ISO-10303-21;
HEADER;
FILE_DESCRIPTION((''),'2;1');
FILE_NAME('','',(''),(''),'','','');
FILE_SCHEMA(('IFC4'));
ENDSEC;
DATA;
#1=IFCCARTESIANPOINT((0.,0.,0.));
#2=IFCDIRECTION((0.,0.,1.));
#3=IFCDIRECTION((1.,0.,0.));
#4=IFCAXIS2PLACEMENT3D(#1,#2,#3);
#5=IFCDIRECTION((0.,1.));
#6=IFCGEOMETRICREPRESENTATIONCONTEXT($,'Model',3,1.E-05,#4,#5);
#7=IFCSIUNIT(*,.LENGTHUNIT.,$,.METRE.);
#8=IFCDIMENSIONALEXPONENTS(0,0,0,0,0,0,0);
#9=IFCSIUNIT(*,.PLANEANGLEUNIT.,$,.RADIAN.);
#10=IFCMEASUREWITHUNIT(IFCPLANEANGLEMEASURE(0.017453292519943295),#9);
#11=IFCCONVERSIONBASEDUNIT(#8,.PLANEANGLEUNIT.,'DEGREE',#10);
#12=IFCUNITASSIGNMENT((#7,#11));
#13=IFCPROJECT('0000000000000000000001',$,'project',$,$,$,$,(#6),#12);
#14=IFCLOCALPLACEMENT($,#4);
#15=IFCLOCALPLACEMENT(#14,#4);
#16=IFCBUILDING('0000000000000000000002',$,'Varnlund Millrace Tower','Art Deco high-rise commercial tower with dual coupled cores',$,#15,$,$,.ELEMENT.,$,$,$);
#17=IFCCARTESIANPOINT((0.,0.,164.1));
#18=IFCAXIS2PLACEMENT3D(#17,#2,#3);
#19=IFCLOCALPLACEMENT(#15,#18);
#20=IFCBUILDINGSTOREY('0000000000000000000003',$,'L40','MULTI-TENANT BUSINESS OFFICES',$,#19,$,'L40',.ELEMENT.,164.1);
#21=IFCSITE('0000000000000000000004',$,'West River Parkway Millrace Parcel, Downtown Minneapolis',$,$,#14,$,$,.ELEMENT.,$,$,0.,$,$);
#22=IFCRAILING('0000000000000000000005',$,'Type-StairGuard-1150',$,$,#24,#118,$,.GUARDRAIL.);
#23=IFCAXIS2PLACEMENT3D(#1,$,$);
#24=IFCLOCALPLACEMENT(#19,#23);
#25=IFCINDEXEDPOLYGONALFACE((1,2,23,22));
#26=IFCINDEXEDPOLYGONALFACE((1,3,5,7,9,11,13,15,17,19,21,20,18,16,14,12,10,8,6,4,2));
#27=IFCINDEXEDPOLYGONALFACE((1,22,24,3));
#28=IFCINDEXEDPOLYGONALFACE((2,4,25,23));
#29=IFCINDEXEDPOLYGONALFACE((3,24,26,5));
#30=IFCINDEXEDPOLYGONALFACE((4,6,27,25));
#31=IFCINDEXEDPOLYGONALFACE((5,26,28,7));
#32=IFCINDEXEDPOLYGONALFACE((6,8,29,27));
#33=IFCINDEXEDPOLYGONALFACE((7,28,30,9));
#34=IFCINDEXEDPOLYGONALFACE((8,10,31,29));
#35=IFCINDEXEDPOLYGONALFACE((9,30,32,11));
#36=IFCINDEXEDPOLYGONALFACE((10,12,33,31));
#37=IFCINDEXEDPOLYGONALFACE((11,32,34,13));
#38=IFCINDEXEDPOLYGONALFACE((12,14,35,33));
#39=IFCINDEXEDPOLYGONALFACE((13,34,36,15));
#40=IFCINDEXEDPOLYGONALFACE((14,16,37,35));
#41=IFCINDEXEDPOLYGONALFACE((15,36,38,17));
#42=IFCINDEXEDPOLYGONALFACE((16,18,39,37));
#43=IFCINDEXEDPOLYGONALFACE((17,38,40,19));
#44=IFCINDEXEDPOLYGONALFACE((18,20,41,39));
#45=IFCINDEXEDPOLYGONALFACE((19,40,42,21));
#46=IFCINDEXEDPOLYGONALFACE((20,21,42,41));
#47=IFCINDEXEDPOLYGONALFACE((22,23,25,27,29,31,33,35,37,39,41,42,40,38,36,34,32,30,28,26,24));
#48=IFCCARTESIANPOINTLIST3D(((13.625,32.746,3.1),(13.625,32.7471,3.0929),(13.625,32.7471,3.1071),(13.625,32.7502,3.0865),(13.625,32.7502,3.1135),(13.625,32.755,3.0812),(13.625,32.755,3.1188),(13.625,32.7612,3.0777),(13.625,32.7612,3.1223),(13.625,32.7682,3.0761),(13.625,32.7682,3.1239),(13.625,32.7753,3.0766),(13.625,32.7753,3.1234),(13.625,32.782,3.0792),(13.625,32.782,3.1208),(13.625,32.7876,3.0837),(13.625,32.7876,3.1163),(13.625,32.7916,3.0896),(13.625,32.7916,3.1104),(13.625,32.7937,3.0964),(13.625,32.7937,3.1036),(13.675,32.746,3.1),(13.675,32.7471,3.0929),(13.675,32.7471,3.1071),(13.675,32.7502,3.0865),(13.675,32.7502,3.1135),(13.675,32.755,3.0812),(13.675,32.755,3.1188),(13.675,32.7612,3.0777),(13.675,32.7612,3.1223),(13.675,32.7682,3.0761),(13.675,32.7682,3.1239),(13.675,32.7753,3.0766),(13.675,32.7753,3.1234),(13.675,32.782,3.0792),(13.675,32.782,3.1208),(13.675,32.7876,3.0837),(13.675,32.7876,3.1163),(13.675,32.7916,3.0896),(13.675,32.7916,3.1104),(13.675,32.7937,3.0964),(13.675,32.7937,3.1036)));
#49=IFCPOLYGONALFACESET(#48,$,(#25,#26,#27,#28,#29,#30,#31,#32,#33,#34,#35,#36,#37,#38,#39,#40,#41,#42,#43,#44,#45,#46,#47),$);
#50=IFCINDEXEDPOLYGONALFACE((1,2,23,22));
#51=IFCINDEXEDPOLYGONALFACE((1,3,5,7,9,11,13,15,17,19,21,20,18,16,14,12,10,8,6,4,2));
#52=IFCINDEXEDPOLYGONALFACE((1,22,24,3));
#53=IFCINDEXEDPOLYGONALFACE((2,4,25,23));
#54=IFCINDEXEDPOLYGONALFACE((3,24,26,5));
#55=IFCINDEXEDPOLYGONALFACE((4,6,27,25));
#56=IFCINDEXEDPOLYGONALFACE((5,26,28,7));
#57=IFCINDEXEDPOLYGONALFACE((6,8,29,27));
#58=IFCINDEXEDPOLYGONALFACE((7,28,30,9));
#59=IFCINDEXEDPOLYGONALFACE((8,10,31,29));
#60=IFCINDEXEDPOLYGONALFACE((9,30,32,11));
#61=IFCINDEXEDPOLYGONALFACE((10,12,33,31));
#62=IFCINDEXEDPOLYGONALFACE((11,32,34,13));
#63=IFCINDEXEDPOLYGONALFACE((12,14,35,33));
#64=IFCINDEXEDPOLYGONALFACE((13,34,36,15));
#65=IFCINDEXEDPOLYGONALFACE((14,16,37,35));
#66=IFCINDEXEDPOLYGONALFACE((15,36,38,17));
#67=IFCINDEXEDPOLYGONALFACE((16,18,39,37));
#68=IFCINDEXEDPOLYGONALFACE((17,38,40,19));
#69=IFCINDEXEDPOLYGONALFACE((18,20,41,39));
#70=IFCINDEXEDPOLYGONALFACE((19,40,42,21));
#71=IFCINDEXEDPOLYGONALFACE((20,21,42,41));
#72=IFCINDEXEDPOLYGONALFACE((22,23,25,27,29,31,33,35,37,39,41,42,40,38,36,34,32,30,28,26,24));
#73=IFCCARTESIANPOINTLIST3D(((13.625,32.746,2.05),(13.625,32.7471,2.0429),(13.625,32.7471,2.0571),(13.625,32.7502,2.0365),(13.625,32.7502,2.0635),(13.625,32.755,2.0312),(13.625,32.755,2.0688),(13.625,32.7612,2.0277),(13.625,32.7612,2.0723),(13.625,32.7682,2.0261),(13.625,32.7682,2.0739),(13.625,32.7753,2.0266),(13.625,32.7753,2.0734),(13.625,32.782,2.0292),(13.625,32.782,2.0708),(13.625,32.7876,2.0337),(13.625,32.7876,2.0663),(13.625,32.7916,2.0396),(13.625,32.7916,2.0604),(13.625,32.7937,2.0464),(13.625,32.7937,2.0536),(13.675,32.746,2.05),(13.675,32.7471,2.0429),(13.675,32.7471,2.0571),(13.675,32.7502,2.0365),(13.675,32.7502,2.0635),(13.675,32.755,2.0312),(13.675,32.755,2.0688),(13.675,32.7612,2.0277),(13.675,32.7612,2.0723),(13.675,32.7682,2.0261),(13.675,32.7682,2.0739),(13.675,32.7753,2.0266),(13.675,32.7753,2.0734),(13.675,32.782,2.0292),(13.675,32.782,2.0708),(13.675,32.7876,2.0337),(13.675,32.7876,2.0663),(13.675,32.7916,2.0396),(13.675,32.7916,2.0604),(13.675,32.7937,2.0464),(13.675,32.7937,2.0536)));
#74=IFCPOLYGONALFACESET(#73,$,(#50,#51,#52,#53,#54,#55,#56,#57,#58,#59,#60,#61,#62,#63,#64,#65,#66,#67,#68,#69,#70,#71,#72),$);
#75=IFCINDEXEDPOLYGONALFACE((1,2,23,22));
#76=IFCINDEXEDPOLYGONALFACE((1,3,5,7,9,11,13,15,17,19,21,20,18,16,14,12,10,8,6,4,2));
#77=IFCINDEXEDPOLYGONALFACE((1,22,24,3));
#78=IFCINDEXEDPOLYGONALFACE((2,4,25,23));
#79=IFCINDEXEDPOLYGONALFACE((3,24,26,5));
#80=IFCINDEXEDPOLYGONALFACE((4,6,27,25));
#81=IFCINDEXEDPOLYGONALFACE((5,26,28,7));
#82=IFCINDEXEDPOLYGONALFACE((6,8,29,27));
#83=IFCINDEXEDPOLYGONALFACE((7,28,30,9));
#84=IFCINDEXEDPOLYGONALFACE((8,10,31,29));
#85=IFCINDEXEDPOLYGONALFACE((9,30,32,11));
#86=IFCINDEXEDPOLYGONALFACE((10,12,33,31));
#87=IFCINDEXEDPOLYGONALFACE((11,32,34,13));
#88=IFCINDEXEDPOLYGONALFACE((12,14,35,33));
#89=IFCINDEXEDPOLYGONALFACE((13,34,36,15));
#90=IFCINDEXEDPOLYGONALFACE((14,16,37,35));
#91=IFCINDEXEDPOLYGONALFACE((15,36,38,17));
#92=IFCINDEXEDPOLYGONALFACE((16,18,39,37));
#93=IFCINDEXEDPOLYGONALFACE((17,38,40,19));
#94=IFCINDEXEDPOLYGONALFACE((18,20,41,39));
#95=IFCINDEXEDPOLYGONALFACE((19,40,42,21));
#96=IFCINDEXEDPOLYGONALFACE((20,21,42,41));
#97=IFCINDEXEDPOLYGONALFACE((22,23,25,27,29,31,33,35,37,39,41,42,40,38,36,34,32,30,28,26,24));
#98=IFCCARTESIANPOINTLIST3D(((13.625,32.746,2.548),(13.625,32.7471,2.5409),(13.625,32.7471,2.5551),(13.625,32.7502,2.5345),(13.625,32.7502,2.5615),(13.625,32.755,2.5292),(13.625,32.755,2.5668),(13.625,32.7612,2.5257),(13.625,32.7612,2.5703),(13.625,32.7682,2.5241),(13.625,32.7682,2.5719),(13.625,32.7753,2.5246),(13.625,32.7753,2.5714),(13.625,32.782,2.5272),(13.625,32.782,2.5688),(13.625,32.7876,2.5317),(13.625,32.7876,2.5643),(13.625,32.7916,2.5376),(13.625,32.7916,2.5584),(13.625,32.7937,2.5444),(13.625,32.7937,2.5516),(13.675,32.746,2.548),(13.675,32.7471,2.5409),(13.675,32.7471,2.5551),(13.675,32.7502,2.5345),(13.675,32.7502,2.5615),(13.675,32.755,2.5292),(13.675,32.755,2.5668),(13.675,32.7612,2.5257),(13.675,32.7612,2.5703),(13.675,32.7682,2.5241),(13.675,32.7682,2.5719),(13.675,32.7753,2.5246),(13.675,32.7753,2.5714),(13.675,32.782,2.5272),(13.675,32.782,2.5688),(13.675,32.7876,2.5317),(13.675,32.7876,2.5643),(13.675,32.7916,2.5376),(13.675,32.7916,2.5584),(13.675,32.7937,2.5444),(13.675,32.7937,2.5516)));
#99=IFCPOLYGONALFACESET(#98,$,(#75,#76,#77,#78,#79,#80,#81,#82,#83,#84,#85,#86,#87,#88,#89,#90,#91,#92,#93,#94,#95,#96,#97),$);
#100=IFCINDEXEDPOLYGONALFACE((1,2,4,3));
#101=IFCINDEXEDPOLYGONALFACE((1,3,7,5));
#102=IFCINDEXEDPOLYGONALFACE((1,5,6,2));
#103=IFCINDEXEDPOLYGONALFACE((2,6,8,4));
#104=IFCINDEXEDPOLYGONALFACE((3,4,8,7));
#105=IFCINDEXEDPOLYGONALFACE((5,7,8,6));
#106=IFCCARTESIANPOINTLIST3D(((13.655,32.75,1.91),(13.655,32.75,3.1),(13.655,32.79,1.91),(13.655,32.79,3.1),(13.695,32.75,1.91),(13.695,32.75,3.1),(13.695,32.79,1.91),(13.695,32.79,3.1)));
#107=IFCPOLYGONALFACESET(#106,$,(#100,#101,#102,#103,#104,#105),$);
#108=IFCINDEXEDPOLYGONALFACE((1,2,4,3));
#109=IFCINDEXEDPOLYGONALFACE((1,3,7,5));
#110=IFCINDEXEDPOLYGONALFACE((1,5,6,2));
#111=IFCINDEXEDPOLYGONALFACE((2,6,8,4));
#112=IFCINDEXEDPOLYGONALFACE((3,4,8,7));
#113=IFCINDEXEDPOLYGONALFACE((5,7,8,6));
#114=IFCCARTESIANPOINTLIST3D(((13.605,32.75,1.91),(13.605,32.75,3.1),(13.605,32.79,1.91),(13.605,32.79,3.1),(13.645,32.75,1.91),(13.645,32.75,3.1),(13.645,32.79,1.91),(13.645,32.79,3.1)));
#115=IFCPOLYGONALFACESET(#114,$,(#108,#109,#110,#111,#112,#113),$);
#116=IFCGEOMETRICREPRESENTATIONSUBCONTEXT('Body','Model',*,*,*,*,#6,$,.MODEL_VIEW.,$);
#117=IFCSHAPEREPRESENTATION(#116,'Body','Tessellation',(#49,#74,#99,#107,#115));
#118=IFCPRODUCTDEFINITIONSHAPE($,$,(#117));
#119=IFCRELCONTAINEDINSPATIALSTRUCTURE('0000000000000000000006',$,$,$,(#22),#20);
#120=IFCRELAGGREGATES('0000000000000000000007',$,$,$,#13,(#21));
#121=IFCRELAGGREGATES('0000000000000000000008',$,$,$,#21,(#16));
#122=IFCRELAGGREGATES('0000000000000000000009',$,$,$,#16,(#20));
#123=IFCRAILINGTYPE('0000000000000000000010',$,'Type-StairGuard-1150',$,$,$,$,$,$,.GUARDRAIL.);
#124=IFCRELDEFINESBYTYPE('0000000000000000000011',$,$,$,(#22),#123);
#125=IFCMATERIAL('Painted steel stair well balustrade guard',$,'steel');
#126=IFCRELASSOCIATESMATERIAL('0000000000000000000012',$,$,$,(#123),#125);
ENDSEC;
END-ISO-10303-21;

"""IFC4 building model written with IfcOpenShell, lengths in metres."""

from ifc_helpers import new_model, entity, si_unit, converted_unit, direction, frame, origin_with_axes, origin_2d_with_axis, place, context, subcontext, project, spatial, rectangle, circle, extrude, material, type_object, element, save


model = new_model("IFC4")

# Units and contexts
model_context = context("Model", 3, precision=1e-05, world=origin_with_axes(), true_north=direction((0.0, 1.0)))
body_context = subcontext(model_context, "Body", "Model", "MODEL_VIEW")
ifc_project = project(units=[si_unit("LENGTHUNIT", "METRE"), converted_unit("PLANEANGLEUNIT", "DEGREE", entity("IfcPlaneAngleMeasure", 0.017453292519943295), si_unit("PLANEANGLEUNIT", "RADIAN"), dimensions=[0, 0, 0, 0, 0, 0, 0])], contexts=[model_context])

# Site, building, storey
site_placement = place(None, origin_with_axes())
site = spatial("IfcSite", under=ifc_project, at=site_placement, Name="West River Parkway Millrace Parcel, Downtown Minneapolis", CompositionType="ELEMENT", RefElevation=0.0)
building_placement = place(site_placement, origin_with_axes())
building = spatial("IfcBuilding", under=site, at=building_placement, Name="Varnlund Millrace Tower", Description="Art Deco high-rise commercial tower with dual coupled cores", CompositionType="ELEMENT")
storey_placement = place(building_placement, frame((0.0, 0.0, 164.1), z_axis=(0.0, 0.0, 1.0), x_axis=(1.0, 0.0, 0.0)))
storey = spatial("IfcBuildingStorey", under=building, at=storey_placement, Name="L40", Description="MULTI-TENANT BUSINESS OFFICES", LongName="L40", CompositionType="ELEMENT", Elevation=164.1)

# Railing
ifc_material_1 = material(Name="Painted steel stair well balustrade guard", Category="steel")
railing_type_1 = type_object("IfcRailingType", Name="Type-StairGuard-1150", PredefinedType="GUARDRAIL", material=ifc_material_1)
railing_1_placement = place(storey_placement, frame((0.0, 0.0, -164.1), z_axis=(0.0, 0.0, 1.0), x_axis=(1.0, 0.0, 0.0)))
element("IfcRailing", 1, at=railing_1_placement, inside=storey, type_object=railing_type_1, Name="Type-StairGuard-1150", PredefinedType="GUARDRAIL", context=body_context, shape_type="SweptSolid", body=[
    extrude(circle(Radius=0.024, at=origin_2d_with_axis()), frame((13.675, 32.77, 167.2), z_axis=(-1.0, 0.0, 0.0), x_axis=(0.0, -1.0, 0.0)), (0.0, 0.0, 1.0), 0.05),
    extrude(circle(Radius=0.024, at=origin_2d_with_axis()), frame((13.675, 32.77, 166.15), z_axis=(-1.0, 0.0, 0.0), x_axis=(0.0, -1.0, 0.0)), (0.0, 0.0, 1.0), 0.05),
    extrude(circle(Radius=0.024, at=origin_2d_with_axis()), frame((13.675, 32.77, 166.648), z_axis=(-1.0, 0.0, 0.0), x_axis=(0.0, -1.0, 0.0)), (0.0, 0.0, 1.0), 0.05),
    extrude(rectangle(XDim=0.04, YDim=0.04, at=origin_2d_with_axis()), frame((13.675, 32.77, 166.01), z_axis=(0.0, 0.0, 1.0), x_axis=(1.0, 0.0, 0.0)), (0.0, 0.0, 1.0), 1.19),
    extrude(rectangle(XDim=0.04, YDim=0.04, at=origin_2d_with_axis()), frame((13.625, 32.77, 166.01), z_axis=(0.0, 0.0, 1.0), x_axis=(1.0, 0.0, 0.0)), (0.0, 0.0, 1.0), 1.19),
])

save(model, "model.ifc")
